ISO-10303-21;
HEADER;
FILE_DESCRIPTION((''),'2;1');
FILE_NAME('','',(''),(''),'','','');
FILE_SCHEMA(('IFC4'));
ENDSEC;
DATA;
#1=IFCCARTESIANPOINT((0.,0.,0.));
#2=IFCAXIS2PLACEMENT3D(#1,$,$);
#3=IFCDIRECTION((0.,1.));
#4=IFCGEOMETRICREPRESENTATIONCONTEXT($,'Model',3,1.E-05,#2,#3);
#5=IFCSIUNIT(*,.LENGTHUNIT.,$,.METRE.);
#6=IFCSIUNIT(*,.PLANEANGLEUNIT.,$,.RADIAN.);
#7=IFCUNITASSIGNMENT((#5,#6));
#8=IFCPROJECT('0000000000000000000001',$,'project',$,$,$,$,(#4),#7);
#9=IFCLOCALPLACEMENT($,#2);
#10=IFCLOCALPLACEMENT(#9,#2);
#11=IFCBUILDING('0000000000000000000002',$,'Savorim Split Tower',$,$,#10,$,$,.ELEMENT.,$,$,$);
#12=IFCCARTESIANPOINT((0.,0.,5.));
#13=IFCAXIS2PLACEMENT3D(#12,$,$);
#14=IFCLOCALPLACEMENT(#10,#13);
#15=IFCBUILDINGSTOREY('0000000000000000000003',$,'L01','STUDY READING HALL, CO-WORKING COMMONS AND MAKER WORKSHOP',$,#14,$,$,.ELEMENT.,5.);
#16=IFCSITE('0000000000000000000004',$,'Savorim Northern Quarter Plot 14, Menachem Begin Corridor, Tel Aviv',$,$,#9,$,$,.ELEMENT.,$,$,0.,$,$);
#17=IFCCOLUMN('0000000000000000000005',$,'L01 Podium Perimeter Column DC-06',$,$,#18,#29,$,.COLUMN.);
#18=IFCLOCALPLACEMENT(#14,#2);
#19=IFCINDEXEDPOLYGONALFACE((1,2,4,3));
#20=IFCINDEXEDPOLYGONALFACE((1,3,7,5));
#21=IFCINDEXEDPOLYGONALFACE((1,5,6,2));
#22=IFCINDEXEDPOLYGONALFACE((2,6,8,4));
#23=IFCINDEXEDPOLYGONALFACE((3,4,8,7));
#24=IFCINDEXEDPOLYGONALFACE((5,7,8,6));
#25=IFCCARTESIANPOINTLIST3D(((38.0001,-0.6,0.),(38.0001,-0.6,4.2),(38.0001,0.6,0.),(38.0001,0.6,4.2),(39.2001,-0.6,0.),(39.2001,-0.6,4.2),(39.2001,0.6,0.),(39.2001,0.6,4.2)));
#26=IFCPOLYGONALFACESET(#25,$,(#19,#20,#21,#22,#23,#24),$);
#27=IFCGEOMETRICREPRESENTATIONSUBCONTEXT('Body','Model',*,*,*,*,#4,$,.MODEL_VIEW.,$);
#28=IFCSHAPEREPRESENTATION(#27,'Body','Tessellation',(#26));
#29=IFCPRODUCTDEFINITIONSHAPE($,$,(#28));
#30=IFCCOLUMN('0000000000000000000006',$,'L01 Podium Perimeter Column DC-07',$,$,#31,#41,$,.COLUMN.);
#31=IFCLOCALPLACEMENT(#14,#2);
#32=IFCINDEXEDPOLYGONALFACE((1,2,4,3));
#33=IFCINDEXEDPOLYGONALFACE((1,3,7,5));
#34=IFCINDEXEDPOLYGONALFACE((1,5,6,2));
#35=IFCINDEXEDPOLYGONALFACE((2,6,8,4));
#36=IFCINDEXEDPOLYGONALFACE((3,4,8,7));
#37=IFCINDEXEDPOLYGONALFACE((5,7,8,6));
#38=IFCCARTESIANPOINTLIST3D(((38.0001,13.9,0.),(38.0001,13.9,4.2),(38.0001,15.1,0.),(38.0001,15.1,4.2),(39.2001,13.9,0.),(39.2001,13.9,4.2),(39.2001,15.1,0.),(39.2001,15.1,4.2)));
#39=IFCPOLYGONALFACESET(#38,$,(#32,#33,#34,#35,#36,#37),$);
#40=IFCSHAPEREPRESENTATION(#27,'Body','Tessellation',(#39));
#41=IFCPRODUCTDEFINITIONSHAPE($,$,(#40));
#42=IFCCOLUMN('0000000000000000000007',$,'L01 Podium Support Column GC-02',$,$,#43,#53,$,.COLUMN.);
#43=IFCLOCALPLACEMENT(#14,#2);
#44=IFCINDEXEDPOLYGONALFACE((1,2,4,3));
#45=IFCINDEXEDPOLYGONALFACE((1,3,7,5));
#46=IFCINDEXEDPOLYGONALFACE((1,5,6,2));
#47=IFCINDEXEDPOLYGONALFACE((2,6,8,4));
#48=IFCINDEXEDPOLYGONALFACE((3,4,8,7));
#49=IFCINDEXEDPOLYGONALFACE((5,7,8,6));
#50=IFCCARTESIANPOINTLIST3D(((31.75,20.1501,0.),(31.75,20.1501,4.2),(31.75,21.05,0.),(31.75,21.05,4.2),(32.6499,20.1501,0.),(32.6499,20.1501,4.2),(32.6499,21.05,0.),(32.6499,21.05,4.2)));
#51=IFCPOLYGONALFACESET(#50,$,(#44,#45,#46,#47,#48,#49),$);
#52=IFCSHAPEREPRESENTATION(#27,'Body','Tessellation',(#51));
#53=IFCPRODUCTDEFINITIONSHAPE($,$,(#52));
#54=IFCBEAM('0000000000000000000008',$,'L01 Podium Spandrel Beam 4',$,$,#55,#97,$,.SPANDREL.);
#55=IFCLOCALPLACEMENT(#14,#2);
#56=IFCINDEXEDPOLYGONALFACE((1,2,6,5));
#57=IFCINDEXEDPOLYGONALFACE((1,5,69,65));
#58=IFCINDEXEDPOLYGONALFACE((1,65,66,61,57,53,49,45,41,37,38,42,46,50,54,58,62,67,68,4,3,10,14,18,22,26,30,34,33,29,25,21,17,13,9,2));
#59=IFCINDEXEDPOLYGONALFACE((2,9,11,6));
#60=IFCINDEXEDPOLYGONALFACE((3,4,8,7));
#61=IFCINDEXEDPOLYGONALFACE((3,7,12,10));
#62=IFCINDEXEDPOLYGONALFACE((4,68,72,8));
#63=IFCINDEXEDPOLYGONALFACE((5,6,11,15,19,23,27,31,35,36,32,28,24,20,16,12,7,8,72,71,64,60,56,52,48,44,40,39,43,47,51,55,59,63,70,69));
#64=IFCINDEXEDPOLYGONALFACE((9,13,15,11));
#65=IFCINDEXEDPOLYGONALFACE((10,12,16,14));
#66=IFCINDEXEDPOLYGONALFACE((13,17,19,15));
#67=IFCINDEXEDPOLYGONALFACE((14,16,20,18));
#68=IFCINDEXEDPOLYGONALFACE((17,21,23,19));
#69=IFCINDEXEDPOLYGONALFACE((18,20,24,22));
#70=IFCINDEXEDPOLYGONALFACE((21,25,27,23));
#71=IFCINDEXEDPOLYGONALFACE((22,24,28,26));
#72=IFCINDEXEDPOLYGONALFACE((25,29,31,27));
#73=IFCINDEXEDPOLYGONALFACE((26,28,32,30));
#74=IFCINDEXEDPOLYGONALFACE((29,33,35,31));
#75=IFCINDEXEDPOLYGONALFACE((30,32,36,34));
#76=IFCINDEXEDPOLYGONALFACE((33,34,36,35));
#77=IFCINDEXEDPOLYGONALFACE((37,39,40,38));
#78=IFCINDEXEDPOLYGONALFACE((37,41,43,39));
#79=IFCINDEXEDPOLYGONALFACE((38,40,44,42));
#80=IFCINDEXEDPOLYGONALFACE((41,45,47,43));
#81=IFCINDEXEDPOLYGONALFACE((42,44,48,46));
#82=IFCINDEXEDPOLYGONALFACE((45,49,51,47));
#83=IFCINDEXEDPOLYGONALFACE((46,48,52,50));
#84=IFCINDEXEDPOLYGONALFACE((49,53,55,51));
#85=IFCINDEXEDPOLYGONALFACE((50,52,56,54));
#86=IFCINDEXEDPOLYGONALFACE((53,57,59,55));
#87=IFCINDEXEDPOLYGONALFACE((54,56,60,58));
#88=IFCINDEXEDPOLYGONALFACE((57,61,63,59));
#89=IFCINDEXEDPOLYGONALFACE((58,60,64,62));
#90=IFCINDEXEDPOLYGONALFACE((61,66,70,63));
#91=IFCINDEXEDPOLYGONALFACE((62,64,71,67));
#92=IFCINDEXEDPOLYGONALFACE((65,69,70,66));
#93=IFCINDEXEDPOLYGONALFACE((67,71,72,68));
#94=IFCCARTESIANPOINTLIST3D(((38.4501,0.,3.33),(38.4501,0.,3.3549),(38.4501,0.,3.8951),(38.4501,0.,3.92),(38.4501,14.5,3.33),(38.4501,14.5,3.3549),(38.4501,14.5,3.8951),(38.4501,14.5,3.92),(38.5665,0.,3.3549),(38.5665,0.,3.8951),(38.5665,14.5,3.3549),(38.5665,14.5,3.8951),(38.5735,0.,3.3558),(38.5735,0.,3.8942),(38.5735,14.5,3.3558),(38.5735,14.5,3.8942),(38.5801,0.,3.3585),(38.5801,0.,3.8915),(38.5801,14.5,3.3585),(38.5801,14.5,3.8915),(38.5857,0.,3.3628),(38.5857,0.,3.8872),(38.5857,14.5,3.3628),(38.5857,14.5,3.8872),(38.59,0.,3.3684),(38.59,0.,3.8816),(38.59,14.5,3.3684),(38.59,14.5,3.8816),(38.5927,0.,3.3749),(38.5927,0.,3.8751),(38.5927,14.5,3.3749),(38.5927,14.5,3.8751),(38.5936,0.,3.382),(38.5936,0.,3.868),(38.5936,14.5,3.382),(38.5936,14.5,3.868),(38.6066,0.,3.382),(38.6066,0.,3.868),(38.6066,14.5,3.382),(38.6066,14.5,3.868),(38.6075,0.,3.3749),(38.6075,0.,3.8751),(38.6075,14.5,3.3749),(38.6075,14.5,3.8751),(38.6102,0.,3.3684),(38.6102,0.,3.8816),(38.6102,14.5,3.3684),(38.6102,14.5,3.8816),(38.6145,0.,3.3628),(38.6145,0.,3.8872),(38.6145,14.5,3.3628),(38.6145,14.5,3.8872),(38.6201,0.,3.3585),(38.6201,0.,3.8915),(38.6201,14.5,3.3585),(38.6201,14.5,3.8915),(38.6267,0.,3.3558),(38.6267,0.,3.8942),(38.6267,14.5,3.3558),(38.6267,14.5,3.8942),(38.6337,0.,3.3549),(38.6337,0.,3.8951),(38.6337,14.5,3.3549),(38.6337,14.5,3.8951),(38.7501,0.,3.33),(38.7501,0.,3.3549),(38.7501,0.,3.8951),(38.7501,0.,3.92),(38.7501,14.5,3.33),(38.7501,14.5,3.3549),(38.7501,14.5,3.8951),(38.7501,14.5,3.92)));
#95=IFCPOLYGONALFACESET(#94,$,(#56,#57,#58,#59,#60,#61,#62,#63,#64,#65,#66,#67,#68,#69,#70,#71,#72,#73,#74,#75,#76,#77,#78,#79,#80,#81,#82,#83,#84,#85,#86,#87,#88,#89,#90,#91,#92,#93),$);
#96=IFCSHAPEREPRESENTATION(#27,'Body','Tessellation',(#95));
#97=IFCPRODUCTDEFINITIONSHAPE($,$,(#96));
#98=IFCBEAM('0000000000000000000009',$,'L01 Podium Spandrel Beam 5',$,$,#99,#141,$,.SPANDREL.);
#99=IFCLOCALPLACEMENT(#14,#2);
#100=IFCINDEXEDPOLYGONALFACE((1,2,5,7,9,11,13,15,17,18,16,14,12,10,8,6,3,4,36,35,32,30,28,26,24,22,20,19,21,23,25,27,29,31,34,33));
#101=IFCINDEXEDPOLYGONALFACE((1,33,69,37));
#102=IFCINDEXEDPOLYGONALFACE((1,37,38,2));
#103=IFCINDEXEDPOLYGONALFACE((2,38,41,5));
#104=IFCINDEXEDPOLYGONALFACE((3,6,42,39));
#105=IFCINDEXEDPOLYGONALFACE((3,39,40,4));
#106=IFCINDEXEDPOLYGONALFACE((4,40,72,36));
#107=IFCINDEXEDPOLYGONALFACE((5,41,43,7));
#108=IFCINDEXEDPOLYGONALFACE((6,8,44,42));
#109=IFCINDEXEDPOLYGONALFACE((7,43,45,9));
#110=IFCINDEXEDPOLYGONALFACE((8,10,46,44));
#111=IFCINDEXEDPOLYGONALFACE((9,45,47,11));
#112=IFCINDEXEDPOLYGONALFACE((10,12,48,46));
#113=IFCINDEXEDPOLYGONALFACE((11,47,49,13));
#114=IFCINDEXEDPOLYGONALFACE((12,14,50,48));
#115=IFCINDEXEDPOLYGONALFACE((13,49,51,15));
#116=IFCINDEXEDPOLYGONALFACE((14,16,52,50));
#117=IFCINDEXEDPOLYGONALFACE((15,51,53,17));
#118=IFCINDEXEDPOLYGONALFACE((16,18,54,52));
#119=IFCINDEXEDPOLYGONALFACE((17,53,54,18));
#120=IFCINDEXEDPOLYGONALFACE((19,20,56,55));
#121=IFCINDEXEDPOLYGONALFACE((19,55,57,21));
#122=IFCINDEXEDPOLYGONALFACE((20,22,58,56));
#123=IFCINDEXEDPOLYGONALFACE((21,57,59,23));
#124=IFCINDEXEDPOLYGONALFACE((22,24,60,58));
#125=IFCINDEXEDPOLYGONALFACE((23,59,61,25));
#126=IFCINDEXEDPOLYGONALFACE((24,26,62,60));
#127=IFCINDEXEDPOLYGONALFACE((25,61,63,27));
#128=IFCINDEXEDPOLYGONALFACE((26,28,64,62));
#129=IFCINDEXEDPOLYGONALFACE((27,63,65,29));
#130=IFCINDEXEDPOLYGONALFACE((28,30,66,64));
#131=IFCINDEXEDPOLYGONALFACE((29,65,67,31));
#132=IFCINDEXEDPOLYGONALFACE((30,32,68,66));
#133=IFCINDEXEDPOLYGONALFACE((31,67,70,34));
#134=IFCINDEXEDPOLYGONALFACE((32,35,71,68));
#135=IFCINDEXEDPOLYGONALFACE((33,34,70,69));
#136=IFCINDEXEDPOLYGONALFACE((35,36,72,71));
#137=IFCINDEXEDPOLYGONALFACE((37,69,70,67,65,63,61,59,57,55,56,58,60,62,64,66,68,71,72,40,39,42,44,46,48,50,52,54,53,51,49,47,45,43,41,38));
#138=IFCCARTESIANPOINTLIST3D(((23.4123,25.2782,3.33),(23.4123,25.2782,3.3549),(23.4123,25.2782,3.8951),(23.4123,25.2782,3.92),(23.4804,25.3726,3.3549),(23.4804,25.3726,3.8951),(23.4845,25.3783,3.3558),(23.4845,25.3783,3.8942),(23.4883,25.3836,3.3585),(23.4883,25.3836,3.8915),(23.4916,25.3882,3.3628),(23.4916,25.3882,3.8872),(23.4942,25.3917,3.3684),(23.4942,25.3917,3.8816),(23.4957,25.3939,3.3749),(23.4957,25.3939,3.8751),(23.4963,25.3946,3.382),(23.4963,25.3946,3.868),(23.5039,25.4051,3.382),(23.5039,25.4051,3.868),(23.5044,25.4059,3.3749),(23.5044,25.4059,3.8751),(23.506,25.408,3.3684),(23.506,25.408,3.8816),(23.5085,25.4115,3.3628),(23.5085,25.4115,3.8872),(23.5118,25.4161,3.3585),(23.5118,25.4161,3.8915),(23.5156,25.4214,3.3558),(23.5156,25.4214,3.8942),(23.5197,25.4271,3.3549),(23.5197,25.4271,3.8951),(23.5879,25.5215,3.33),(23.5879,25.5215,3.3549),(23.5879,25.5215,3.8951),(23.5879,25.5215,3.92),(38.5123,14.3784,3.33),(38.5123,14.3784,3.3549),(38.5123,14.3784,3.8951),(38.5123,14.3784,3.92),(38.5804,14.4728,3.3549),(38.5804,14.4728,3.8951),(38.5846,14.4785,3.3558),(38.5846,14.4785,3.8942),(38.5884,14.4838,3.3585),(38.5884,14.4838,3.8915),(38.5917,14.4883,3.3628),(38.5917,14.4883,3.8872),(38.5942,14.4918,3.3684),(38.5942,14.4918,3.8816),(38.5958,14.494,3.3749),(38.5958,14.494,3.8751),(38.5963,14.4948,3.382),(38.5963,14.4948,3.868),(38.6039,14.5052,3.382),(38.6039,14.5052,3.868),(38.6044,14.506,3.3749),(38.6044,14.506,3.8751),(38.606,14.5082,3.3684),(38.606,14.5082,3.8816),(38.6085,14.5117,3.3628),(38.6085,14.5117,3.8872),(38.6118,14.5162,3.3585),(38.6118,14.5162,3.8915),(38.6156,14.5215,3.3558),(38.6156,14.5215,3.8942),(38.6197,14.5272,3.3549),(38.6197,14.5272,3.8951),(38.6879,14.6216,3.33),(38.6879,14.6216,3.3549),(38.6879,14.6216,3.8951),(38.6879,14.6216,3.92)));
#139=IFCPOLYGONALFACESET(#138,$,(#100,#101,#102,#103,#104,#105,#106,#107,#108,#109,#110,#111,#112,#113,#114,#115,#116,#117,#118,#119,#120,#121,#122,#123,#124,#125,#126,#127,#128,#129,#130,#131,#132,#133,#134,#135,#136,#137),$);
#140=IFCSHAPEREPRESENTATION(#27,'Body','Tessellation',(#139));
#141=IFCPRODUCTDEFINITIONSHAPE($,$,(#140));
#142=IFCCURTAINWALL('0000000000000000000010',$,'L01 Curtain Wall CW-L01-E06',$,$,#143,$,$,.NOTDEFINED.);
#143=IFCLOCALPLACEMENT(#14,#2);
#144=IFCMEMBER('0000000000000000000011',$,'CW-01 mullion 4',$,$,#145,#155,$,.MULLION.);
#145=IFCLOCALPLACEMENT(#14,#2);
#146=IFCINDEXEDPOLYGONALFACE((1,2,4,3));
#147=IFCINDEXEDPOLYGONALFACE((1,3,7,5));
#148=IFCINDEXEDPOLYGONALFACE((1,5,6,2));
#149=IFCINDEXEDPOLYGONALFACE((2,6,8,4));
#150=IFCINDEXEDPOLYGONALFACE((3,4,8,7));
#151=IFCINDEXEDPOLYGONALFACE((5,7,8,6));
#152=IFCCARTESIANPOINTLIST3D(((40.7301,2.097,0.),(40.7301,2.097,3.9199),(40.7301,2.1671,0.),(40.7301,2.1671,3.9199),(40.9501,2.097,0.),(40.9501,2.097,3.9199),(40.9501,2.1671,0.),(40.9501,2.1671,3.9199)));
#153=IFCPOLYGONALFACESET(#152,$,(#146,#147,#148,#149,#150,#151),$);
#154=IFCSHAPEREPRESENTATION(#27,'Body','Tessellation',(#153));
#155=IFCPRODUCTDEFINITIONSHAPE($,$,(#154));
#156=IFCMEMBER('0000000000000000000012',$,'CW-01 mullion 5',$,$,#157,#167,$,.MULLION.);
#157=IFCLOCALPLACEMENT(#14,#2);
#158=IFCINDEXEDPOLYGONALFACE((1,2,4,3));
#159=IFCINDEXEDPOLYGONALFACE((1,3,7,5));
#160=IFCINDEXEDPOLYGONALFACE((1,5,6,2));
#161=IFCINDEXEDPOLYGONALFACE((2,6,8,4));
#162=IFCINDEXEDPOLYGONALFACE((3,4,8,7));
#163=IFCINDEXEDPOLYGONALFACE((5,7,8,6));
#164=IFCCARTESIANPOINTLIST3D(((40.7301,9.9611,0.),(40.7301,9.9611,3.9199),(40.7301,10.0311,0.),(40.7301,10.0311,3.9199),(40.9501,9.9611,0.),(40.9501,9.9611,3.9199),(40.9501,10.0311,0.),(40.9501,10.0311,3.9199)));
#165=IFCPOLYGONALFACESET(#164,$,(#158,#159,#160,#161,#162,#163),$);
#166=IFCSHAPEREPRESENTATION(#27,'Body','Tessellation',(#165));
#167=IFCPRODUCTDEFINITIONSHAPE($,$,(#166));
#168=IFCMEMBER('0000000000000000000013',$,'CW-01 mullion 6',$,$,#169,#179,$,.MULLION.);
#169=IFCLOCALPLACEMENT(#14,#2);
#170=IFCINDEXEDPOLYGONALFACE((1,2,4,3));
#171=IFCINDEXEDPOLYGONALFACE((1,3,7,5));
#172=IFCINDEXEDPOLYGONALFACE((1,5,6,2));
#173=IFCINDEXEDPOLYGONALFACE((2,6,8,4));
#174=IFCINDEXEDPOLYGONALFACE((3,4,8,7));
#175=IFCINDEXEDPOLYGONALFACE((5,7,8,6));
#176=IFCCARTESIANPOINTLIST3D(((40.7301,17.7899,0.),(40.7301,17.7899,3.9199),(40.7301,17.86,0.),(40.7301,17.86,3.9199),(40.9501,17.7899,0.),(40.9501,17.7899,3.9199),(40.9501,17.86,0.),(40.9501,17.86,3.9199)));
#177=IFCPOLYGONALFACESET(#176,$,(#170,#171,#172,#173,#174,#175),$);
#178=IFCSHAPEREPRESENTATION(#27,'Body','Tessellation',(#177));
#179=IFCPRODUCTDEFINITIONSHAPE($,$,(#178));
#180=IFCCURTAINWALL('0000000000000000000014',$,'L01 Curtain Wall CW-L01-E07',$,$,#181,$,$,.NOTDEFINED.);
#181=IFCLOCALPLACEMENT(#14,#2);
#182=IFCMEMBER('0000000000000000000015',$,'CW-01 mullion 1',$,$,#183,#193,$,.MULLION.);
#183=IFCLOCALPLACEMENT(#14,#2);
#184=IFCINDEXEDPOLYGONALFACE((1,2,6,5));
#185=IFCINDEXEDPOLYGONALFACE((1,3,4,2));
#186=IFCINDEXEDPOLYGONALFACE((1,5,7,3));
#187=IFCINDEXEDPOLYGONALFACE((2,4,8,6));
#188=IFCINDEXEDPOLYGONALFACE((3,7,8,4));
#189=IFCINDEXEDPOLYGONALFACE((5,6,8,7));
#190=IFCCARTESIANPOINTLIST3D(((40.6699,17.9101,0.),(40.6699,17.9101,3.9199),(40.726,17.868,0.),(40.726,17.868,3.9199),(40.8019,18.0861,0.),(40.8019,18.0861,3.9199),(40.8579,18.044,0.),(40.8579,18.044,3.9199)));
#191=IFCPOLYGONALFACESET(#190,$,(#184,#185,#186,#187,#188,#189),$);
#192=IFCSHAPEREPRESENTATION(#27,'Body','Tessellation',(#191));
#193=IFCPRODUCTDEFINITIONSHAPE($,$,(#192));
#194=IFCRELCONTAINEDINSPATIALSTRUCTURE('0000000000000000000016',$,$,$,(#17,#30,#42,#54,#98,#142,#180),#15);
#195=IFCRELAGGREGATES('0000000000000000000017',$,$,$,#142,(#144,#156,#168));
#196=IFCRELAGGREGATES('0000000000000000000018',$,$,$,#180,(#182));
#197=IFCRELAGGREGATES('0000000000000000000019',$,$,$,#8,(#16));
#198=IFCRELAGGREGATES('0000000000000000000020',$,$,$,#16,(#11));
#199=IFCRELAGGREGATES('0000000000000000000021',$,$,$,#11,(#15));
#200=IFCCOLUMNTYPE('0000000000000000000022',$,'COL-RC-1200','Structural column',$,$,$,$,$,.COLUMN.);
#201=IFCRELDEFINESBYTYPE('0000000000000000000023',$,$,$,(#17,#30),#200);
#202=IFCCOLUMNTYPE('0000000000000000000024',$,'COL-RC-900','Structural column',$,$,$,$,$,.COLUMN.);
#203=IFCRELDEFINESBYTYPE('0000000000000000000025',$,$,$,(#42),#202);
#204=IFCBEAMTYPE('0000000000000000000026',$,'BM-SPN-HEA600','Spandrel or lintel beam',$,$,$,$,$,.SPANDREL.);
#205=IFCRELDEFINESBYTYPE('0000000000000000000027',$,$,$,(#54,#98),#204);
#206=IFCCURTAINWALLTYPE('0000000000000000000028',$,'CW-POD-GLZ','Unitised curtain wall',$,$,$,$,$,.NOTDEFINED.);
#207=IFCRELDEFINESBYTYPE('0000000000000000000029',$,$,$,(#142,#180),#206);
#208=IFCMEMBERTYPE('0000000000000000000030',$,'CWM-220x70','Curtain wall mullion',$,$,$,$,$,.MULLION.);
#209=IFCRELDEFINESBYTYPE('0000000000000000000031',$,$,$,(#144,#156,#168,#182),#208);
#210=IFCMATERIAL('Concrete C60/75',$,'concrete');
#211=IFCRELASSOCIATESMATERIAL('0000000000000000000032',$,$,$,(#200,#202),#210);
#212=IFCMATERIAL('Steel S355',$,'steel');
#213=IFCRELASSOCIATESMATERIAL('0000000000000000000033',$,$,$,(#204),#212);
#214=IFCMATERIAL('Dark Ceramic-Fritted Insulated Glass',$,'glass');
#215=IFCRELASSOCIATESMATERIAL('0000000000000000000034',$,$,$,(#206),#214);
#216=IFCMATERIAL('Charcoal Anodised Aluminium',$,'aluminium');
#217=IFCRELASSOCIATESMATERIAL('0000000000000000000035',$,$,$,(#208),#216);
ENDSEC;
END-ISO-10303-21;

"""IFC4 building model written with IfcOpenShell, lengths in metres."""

from ifc_helpers import new_model, si_unit, direction, frame, origin, origin_2d, place, context, subcontext, project, spatial, rectangle, i_section, extrude, material, material_profile, profile_set, type_object, element, aggregate, save


model = new_model("IFC4")

# Units and contexts
model_context = context("Model", 3, precision=1e-05, world=origin(), true_north=direction((0.0, 1.0)))
body_context = subcontext(model_context, "Body", "Model", "MODEL_VIEW")
ifc_project = project(units=[si_unit("LENGTHUNIT", "METRE"), si_unit("PLANEANGLEUNIT", "RADIAN")], contexts=[model_context])

# Site, building, storey
site_placement = place(None, origin())
site = spatial("IfcSite", under=ifc_project, at=site_placement, Name="Savorim Northern Quarter Plot 14, Menachem Begin Corridor, Tel Aviv", CompositionType="ELEMENT", RefElevation=0.0)
building_placement = place(site_placement, origin())
building = spatial("IfcBuilding", under=site, at=building_placement, Name="Savorim Split Tower", CompositionType="ELEMENT")
storey_placement = place(building_placement, frame((0.0, 0.0, 5.0)))
storey = spatial("IfcBuildingStorey", under=building, at=storey_placement, Name="L01", Description="STUDY READING HALL, CO-WORKING COMMONS AND MAKER WORKSHOP", CompositionType="ELEMENT", Elevation=5.0)

# Columns
ifc_material_1 = material(Name="Concrete C60/75", Category="concrete")
ifc_material_profile_1 = material_profile(ifc_material_1, rectangle(XDim=1.2, YDim=1.2, at=origin_2d()), Name="RC 1200x1200")
ifc_profile_set_1 = profile_set([ifc_material_profile_1], Name="Concrete C60/75")
column_type_1 = type_object("IfcColumnType", Name="COL-RC-1200", Description="Structural column", PredefinedType="COLUMN", material=ifc_profile_set_1)
for number, where, z_axis, x_axis, name in (
    (1, (38.6001, 0.0, 0.0), (0.0, 0.0, 1.0), (1.0, 0.0, 0.0), "L01 Podium Perimeter Column DC-06"),
    (2, (38.6001, 14.5, 0.0), (0.0, 0.0, 1.0), (1.0, 0.0, 0.0), "L01 Podium Perimeter Column DC-07"),
):
    element("IfcColumn", number, at=place(storey_placement, frame(where, z_axis=z_axis, x_axis=x_axis)), inside=storey, type_object=column_type_1, Name=name, PredefinedType="COLUMN", context=body_context, shape_type="SweptSolid", body=[
        extrude(rectangle(XDim=1.2, YDim=1.2, at=origin_2d()), origin(), (0.0, 0.0, 1.0), 4.2),
    ])
ifc_material_profile_2 = material_profile(ifc_material_1, rectangle(XDim=0.8999, YDim=0.8999, at=origin_2d()), Name="RC 900x900")
ifc_profile_set_2 = profile_set([ifc_material_profile_2], Name="Concrete C60/75")
column_type_2 = type_object("IfcColumnType", Name="COL-RC-900", Description="Structural column", PredefinedType="COLUMN", material=ifc_profile_set_2)
column_placement = place(storey_placement, frame((32.2, 20.6001, 0.0), z_axis=(0.0, 0.0, 1.0), x_axis=(1.0, 0.0, 0.0)))
element("IfcColumn", 3, at=column_placement, inside=storey, type_object=column_type_2, Name="L01 Podium Support Column GC-02", PredefinedType="COLUMN", context=body_context, shape_type="SweptSolid", body=[
    extrude(rectangle(XDim=0.8999, YDim=0.8999, at=origin_2d()), origin(), (0.0, 0.0, 1.0), 4.2),
])

# Beams
ifc_material_2 = material(Name="Steel S355", Category="steel")
ifc_material_profile_3 = material_profile(ifc_material_2, i_section(OverallWidth=0.3, OverallDepth=0.5901, WebThickness=0.0129, FlangeThickness=0.0249, FilletRadius=0.0271, at=origin_2d()), Name="HEA 600")
ifc_profile_set_3 = profile_set([ifc_material_profile_3], Name="Steel S355")
beam_type = type_object("IfcBeamType", Name="BM-SPN-HEA600", Description="Spandrel or lintel beam", PredefinedType="SPANDREL", material=ifc_profile_set_3)
beam_1_placement = place(storey_placement, frame((38.6001, 0.0, 3.625), z_axis=(0.0, 1.0, 0.0), x_axis=(-1.0, 0.0, 0.0)))
element("IfcBeam", 4, at=beam_1_placement, inside=storey, type_object=beam_type, Name="L01 Podium Spandrel Beam 4", PredefinedType="SPANDREL", context=body_context, shape_type="SweptSolid", body=[
    extrude(i_section(OverallWidth=0.3, OverallDepth=0.5901, WebThickness=0.0129, FlangeThickness=0.0249, FilletRadius=0.0271, at=origin_2d()), origin(), (0.0, 0.0, 1.0), 14.5),
])
beam_2_placement = place(storey_placement, frame((38.6001, 14.5, 3.625), z_axis=(-0.810825, 0.585289, 0.0), x_axis=(-0.585289, -0.810825, 0.0)))
element("IfcBeam", 5, at=beam_2_placement, inside=storey, type_object=beam_type, Name="L01 Podium Spandrel Beam 5", PredefinedType="SPANDREL", context=body_context, shape_type="SweptSolid", body=[
    extrude(i_section(OverallWidth=0.3, OverallDepth=0.5901, WebThickness=0.0129, FlangeThickness=0.0249, FilletRadius=0.0271, at=origin_2d()), origin(), (0.0, 0.0, 1.0), 18.623),
])

# Curtain walls, members
ifc_material_3 = material(Name="Dark Ceramic-Fritted Insulated Glass", Category="glass")
curtain_wall_type = type_object("IfcCurtainWallType", Name="CW-POD-GLZ", Description="Unitised curtain wall", PredefinedType="NOTDEFINED", material=ifc_material_3)
curtain_wall_1_placement = place(storey_placement, origin())
curtain_wall_1 = element("IfcCurtainWall", 6, at=curtain_wall_1_placement, inside=storey, type_object=curtain_wall_type, Name="L01 Curtain Wall CW-L01-E06", PredefinedType="NOTDEFINED")
ifc_material_4 = material(Name="Charcoal Anodised Aluminium", Category="aluminium")
ifc_material_profile_4 = material_profile(ifc_material_4, rectangle(XDim=0.22, YDim=0.0701, at=origin_2d()), Name="ALU-M 220x70")
ifc_profile_set_4 = profile_set([ifc_material_profile_4], Name="Charcoal Anodised Aluminium")
member_type_1 = type_object("IfcMemberType", Name="CWM-220x70", Description="Curtain wall mullion", PredefinedType="MULLION", material=ifc_profile_set_4)
member_1_placement = place(storey_placement, frame((40.8401, 2.1321, 0.0), z_axis=(0.0, 0.0, 1.0), x_axis=(-1.0, 0.0, 0.0)))
member_1 = element("IfcMember", 7, at=member_1_placement, type_object=member_type_1, Name="CW-01 mullion 4", PredefinedType="MULLION", context=body_context, shape_type="SweptSolid", body=[
    extrude(rectangle(XDim=0.22, YDim=0.0701, at=origin_2d()), origin(), (0.0, 0.0, 1.0), 3.9199),
])
member_2_placement = place(storey_placement, frame((40.8401, 9.9961, 0.0), z_axis=(0.0, 0.0, 1.0), x_axis=(-1.0, 0.0, 0.0)))
member_2 = element("IfcMember", 8, at=member_2_placement, type_object=member_type_1, Name="CW-01 mullion 5", PredefinedType="MULLION", context=body_context, shape_type="SweptSolid", body=[
    extrude(rectangle(XDim=0.22, YDim=0.0701, at=origin_2d()), origin(), (0.0, 0.0, 1.0), 3.9199),
])
member_3_placement = place(storey_placement, frame((40.8401, 17.825, 0.0), z_axis=(0.0, 0.0, 1.0), x_axis=(-1.0, 0.0, 0.0)))
member_3 = element("IfcMember", 9, at=member_3_placement, type_object=member_type_1, Name="CW-01 mullion 6", PredefinedType="MULLION", context=body_context, shape_type="SweptSolid", body=[
    extrude(rectangle(XDim=0.22, YDim=0.0701, at=origin_2d()), origin(), (0.0, 0.0, 1.0), 3.9199),
])
curtain_wall_2_placement = place(storey_placement, origin())
curtain_wall_2 = element("IfcCurtainWall", 10, at=curtain_wall_2_placement, inside=storey, type_object=curtain_wall_type, Name="L01 Curtain Wall CW-L01-E07", PredefinedType="NOTDEFINED")
member_4_placement = place(storey_placement, frame((40.7639, 17.9771, 0.0), z_axis=(0.0, 0.0, 1.0), x_axis=(-0.6, -0.8, 0.0)))
member_4 = element("IfcMember", 11, at=member_4_placement, type_object=member_type_1, Name="CW-01 mullion 1", PredefinedType="MULLION", context=body_context, shape_type="SweptSolid", body=[
    extrude(rectangle(XDim=0.22, YDim=0.0701, at=origin_2d()), origin(), (0.0, 0.0, 1.0), 3.9199),
])

aggregate(curtain_wall_1, [member_1, member_2, member_3])
aggregate(curtain_wall_2, [member_4])

save(model, "model.ifc")
